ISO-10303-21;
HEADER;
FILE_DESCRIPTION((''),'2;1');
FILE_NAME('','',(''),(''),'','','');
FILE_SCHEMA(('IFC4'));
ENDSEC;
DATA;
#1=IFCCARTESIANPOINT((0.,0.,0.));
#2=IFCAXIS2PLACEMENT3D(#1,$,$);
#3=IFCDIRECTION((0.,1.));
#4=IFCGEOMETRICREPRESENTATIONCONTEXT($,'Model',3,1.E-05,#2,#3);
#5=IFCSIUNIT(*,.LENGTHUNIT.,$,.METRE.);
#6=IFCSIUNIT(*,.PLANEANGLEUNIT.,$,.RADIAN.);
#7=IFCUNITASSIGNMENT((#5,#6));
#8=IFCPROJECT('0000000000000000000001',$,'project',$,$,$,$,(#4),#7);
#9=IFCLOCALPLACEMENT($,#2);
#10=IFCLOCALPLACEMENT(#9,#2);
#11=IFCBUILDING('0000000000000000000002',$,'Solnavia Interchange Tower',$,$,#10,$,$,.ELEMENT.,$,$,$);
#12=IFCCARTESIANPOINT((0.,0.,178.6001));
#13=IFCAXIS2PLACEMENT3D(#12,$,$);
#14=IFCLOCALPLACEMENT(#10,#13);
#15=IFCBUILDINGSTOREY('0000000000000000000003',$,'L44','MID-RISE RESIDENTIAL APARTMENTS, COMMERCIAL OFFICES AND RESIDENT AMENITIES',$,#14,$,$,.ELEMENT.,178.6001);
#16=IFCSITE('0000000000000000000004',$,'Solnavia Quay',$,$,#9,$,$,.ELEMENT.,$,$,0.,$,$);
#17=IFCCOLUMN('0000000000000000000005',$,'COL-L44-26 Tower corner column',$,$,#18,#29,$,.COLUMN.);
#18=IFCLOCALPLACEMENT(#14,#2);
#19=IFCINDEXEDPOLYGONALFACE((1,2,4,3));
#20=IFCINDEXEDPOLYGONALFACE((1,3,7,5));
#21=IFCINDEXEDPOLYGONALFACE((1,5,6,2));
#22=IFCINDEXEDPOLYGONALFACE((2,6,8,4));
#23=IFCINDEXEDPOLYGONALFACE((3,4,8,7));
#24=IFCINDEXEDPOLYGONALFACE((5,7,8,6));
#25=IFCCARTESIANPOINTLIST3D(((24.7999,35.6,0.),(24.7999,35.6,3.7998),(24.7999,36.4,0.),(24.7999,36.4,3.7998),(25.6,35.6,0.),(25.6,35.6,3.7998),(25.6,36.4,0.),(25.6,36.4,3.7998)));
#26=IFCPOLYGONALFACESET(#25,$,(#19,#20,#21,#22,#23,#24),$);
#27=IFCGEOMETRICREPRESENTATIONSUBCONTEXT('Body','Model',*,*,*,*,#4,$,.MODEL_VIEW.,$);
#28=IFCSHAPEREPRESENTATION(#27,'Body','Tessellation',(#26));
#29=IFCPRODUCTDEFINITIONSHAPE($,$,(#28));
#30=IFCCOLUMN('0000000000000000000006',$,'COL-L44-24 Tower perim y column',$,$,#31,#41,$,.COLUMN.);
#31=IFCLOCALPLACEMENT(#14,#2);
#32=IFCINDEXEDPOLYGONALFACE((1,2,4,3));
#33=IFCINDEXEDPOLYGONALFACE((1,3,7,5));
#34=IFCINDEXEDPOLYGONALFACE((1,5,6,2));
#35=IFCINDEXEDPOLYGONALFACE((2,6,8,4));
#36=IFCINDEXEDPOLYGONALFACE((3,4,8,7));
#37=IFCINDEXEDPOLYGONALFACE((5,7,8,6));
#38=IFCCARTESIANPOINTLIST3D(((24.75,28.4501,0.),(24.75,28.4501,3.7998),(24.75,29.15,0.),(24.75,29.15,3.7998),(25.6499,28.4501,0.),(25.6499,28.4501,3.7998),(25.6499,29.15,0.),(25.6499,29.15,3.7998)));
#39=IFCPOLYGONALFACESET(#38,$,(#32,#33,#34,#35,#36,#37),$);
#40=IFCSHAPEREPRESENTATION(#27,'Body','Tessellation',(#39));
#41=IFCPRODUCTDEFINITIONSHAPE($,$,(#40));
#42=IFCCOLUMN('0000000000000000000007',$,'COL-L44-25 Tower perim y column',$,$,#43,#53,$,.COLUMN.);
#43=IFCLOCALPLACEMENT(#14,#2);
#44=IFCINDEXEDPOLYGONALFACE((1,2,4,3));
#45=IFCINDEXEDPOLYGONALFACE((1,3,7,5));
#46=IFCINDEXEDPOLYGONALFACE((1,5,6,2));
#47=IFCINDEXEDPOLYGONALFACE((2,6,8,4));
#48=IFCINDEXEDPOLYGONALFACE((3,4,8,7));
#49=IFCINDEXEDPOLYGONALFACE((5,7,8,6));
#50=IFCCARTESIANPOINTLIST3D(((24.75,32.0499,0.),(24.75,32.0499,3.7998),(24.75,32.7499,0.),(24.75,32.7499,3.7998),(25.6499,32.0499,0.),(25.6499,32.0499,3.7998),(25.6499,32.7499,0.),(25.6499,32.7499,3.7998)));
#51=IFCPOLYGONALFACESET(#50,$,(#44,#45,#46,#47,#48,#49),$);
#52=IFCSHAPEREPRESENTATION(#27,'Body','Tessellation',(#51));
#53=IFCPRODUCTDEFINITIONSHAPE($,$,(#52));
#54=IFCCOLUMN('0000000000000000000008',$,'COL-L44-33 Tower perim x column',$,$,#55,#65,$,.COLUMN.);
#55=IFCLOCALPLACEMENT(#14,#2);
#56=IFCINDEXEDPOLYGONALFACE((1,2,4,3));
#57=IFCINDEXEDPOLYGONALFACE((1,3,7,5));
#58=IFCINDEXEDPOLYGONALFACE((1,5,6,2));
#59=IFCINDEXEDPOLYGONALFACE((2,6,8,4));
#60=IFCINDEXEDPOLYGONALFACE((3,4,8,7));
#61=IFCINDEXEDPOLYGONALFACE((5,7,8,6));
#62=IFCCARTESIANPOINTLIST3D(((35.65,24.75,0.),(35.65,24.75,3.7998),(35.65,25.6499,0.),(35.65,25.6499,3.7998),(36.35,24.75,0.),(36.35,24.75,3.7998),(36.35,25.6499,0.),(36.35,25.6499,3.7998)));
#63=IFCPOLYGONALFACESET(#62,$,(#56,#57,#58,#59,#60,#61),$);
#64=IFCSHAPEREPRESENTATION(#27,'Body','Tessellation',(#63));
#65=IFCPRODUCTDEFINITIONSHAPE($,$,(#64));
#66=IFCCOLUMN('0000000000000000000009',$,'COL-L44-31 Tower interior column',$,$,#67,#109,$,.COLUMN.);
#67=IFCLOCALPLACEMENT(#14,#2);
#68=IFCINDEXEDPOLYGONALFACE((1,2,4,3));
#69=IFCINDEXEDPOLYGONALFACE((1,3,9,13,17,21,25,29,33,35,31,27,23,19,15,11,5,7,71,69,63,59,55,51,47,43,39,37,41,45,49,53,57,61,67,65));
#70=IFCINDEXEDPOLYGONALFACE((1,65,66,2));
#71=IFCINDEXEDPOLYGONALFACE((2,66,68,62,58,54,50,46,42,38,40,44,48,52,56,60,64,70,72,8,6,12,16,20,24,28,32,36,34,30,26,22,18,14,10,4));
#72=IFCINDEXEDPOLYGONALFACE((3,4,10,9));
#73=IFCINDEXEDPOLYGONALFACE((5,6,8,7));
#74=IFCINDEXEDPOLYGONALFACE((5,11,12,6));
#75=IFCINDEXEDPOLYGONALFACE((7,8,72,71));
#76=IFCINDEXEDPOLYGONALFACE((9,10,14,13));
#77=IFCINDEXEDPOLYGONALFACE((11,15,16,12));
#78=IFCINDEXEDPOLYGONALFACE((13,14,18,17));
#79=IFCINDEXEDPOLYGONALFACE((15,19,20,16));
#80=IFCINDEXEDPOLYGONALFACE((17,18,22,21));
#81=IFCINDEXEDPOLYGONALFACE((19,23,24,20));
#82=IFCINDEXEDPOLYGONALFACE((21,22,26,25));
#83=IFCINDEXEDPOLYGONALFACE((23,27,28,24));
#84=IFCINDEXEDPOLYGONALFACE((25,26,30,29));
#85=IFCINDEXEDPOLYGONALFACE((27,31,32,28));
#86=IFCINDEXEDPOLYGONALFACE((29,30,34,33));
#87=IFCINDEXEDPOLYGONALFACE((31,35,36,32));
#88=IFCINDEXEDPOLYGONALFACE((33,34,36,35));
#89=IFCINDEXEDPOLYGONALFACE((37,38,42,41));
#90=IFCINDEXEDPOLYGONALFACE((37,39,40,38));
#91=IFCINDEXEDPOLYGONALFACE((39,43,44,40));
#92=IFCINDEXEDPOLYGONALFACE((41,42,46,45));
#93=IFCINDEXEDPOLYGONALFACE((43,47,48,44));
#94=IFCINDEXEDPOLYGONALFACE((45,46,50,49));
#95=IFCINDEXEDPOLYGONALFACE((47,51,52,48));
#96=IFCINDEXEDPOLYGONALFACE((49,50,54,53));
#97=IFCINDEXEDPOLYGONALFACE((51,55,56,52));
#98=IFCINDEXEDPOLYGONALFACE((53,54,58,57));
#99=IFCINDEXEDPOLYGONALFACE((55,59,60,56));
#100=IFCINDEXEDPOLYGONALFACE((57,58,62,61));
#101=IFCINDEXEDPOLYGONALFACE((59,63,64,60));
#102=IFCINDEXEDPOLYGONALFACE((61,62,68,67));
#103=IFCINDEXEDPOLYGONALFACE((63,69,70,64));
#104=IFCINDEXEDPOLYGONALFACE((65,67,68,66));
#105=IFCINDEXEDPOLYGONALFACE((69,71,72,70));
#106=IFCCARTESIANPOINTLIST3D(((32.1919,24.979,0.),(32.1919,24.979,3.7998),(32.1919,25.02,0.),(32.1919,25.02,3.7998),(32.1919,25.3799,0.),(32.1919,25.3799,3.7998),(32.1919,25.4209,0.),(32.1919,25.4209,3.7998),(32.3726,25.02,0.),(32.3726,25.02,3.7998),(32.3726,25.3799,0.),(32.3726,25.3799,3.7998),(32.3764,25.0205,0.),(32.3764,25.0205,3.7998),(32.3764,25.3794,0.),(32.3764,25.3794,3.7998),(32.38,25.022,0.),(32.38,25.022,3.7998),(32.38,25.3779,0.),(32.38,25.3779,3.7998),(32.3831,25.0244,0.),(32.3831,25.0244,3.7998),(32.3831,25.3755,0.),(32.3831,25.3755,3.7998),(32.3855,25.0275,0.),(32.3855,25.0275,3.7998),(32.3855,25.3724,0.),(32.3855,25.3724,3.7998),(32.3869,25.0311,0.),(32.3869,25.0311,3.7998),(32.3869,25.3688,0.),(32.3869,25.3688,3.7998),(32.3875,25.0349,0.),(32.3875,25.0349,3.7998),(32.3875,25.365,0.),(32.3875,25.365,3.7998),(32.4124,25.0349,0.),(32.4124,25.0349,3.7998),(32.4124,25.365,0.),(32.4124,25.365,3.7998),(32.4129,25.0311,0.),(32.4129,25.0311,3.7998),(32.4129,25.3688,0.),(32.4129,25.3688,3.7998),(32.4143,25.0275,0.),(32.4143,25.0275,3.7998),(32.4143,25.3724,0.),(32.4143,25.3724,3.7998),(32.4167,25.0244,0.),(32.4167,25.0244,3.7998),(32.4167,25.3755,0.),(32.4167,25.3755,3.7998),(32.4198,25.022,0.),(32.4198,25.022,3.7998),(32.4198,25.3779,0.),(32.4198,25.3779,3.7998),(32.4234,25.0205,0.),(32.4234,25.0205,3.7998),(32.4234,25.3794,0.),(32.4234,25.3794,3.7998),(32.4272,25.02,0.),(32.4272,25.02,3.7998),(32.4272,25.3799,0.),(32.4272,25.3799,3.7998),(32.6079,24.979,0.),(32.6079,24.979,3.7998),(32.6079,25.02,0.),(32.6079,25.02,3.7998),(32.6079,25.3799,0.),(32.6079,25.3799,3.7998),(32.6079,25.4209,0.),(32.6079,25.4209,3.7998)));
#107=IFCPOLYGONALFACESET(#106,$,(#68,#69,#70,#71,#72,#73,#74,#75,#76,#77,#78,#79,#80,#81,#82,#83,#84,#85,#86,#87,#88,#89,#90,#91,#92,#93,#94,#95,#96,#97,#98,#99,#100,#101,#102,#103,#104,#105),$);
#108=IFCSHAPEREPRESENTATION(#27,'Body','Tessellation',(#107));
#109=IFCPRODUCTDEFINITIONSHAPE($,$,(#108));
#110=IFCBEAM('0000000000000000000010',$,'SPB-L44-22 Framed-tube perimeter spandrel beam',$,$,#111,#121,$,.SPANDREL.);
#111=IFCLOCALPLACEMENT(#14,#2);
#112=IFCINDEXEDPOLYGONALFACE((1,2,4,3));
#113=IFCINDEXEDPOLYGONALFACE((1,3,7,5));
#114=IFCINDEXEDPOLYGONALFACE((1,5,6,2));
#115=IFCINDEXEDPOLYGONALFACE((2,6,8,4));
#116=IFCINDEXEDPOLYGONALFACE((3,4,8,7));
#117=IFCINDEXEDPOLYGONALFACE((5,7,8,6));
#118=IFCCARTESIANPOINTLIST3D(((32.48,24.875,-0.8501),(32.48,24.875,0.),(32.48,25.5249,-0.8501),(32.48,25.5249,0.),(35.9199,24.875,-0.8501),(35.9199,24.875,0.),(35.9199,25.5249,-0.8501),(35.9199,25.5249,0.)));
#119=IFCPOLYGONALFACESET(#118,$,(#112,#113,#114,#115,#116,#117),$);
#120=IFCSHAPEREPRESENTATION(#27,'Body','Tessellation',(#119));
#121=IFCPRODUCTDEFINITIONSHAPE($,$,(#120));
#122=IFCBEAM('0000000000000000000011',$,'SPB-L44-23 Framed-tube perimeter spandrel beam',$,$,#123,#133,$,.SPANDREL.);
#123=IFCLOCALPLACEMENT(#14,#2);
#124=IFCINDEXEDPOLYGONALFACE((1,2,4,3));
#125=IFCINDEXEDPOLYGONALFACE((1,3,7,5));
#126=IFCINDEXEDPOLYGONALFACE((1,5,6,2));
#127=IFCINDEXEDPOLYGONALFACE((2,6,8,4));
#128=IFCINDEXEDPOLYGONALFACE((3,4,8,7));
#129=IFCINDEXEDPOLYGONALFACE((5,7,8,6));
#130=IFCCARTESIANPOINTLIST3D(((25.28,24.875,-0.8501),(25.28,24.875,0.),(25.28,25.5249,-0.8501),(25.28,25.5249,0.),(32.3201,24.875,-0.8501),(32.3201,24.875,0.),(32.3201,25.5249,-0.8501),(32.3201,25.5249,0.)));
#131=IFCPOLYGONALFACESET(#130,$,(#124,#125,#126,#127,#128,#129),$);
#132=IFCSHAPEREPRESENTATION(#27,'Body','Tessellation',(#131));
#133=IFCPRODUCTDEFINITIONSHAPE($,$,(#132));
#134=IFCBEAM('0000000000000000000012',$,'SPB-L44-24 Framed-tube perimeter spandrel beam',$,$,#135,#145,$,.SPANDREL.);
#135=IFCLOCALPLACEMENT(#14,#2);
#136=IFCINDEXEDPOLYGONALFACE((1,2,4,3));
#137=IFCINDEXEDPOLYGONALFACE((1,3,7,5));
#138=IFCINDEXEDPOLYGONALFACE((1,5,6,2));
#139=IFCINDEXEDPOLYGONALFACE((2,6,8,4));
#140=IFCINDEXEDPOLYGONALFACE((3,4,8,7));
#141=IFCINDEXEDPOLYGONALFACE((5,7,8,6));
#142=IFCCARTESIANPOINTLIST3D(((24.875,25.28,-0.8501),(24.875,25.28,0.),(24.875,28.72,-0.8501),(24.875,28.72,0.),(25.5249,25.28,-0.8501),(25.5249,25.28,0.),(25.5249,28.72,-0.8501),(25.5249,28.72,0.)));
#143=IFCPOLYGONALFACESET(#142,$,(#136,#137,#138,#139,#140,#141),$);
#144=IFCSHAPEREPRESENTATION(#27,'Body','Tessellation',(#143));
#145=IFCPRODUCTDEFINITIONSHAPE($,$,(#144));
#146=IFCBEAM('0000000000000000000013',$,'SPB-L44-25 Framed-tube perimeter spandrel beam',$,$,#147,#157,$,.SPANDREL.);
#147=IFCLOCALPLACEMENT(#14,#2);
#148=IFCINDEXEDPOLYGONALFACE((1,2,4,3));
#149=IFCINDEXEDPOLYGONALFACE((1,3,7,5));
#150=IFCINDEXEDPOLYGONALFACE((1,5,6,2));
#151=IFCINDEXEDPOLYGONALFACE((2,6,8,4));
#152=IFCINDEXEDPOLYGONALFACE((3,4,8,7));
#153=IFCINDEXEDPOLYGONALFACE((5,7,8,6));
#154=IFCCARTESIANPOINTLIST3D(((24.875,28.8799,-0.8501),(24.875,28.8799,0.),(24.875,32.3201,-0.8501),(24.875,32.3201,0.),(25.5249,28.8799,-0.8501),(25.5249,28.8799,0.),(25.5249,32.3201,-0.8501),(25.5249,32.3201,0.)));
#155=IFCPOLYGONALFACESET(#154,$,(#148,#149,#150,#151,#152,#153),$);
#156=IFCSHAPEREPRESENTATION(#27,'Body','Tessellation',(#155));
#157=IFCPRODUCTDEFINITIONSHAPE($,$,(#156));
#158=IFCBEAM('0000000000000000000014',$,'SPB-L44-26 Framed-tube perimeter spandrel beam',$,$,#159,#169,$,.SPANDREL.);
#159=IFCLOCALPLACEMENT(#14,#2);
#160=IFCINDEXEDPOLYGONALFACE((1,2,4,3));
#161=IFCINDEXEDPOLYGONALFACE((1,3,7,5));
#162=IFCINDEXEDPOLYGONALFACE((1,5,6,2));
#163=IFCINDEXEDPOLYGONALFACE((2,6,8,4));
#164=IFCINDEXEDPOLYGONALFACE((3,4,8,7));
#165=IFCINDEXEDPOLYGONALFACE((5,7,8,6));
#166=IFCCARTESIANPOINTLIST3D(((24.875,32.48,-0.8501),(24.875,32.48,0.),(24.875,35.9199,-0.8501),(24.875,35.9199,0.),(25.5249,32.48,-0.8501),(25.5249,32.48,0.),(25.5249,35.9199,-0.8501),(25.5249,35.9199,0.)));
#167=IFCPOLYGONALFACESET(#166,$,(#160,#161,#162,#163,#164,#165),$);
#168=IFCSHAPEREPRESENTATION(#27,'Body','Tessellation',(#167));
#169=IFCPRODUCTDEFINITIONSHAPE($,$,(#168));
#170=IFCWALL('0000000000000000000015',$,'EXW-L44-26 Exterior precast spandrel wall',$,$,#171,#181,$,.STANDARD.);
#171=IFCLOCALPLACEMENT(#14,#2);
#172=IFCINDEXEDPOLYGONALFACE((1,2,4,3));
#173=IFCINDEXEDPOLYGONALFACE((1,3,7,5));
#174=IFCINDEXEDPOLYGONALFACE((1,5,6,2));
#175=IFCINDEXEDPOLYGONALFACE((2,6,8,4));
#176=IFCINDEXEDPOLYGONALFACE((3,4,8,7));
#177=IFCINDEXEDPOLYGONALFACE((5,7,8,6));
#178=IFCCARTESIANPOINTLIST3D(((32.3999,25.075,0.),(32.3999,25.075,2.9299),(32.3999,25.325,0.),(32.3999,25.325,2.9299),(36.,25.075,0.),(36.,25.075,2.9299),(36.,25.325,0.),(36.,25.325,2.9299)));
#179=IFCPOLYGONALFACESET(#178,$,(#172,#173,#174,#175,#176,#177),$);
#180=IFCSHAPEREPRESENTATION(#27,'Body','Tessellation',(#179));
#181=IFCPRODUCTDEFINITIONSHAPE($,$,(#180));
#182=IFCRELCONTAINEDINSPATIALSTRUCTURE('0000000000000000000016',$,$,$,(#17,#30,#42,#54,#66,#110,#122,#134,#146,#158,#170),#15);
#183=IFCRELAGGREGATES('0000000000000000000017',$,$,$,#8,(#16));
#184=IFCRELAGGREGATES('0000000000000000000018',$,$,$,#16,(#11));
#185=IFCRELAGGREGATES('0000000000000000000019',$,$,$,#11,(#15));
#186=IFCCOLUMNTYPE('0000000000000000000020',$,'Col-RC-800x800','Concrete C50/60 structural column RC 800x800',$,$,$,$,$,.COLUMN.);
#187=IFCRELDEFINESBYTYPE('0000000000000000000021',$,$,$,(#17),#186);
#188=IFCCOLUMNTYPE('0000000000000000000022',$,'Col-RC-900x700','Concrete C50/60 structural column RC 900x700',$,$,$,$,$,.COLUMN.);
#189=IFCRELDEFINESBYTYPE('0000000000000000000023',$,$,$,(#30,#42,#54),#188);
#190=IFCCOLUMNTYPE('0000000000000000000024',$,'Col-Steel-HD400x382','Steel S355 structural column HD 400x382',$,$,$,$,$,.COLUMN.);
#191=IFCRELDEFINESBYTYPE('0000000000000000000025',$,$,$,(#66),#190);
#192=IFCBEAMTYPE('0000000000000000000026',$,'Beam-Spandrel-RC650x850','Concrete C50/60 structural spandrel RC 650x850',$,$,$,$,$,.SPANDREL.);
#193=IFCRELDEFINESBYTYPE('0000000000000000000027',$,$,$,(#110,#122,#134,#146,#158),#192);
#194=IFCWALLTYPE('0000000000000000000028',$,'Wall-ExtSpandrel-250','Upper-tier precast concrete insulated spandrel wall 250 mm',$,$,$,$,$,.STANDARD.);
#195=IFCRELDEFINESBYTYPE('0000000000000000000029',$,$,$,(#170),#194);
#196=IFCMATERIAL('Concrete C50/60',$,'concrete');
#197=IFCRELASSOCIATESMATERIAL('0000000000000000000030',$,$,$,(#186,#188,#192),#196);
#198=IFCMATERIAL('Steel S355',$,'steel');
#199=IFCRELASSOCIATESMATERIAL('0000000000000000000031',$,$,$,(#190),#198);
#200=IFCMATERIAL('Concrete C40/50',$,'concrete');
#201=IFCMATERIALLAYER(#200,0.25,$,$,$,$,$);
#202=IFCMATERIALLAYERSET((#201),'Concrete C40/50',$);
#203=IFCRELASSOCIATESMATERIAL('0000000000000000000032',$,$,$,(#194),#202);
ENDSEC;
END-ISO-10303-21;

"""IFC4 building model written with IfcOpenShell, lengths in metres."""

from ifc_helpers import new_model, si_unit, direction, frame, frame_2d, origin, origin_2d, place, context, subcontext, project, spatial, rectangle, i_section, extrude, material, layer, layer_set, material_profile, profile_set, type_object, element, save


model = new_model("IFC4")

# Units and contexts
model_context = context("Model", 3, precision=1e-05, world=origin(), true_north=direction((0.0, 1.0)))
body_context = subcontext(model_context, "Body", "Model", "MODEL_VIEW")
ifc_project = project(units=[si_unit("LENGTHUNIT", "METRE"), si_unit("PLANEANGLEUNIT", "RADIAN")], contexts=[model_context])

# Site, building, storey
site_placement = place(None, origin())
site = spatial("IfcSite", under=ifc_project, at=site_placement, Name="Solnavia Quay", CompositionType="ELEMENT", RefElevation=0.0)
building_placement = place(site_placement, origin())
building = spatial("IfcBuilding", under=site, at=building_placement, Name="Solnavia Interchange Tower", CompositionType="ELEMENT")
storey_placement = place(building_placement, frame((0.0, 0.0, 178.6001)))
storey = spatial("IfcBuildingStorey", under=building, at=storey_placement, Name="L44", Description="MID-RISE RESIDENTIAL APARTMENTS, COMMERCIAL OFFICES AND RESIDENT AMENITIES", CompositionType="ELEMENT", Elevation=178.6001)

# Columns
ifc_material_1 = material(Name="Concrete C50/60", Category="concrete")
ifc_material_profile_1 = material_profile(ifc_material_1, rectangle(XDim=0.8, YDim=0.8, at=origin_2d()), Name="RC 800x800")
ifc_profile_set_1 = profile_set([ifc_material_profile_1], Name="Concrete C50/60")
column_type_1 = type_object("IfcColumnType", Name="Col-RC-800x800", Description="Concrete C50/60 structural column RC 800x800", PredefinedType="COLUMN", material=ifc_profile_set_1)
column_1_placement = place(storey_placement, frame((25.2, 36.0, 0.0), z_axis=(0.0, 0.0, 1.0), x_axis=(0.0, 1.0, 0.0)))
element("IfcColumn", 1, at=column_1_placement, inside=storey, type_object=column_type_1, Name="COL-L44-26 Tower corner column", PredefinedType="COLUMN", context=body_context, shape_type="SweptSolid", body=[
    extrude(rectangle(XDim=0.8, YDim=0.8, at=origin_2d()), origin(), (0.0, 0.0, 1.0), 3.7998),
])
ifc_material_profile_2 = material_profile(ifc_material_1, rectangle(XDim=0.7, YDim=0.8999, at=origin_2d()), Name="RC 900x700")
ifc_profile_set_2 = profile_set([ifc_material_profile_2], Name="Concrete C50/60")
column_type_2 = type_object("IfcColumnType", Name="Col-RC-900x700", Description="Concrete C50/60 structural column RC 900x700", PredefinedType="COLUMN", material=ifc_profile_set_2)
for number, where, z_axis, x_axis, name in (
    (2, (25.2, 28.8, 0.0), (0.0, 0.0, 1.0), (0.0, 1.0, 0.0), "COL-L44-24 Tower perim y column"),
    (3, (25.2, 32.3999, 0.0), (0.0, 0.0, 1.0), (0.0, 1.0, 0.0), "COL-L44-25 Tower perim y column"),
    (4, (36.0, 25.2, 0.0), (0.0, 0.0, 1.0), (1.0, 0.0, 0.0), "COL-L44-33 Tower perim x column"),
):
    element("IfcColumn", number, at=place(storey_placement, frame(where, z_axis=z_axis, x_axis=x_axis)), inside=storey, type_object=column_type_2, Name=name, PredefinedType="COLUMN", context=body_context, shape_type="SweptSolid", body=[
        extrude(rectangle(XDim=0.7, YDim=0.8999, at=origin_2d()), origin(), (0.0, 0.0, 1.0), 3.7998),
    ])
ifc_material_2 = material(Name="Steel S355", Category="steel")
ifc_material_profile_3 = material_profile(ifc_material_2, i_section(OverallWidth=0.416, OverallDepth=0.4419, WebThickness=0.0249, FlangeThickness=0.041, FilletRadius=0.0149, at=origin_2d()), Name="HD 400x382")
ifc_profile_set_3 = profile_set([ifc_material_profile_3], Name="Steel S355")
column_type_3 = type_object("IfcColumnType", Name="Col-Steel-HD400x382", Description="Steel S355 structural column HD 400x382", PredefinedType="COLUMN", material=ifc_profile_set_3)
column_2_placement = place(storey_placement, frame((32.3999, 25.2, 0.0), z_axis=(0.0, 0.0, 1.0), x_axis=(1.0, 0.0, 0.0)))
element("IfcColumn", 5, at=column_2_placement, inside=storey, type_object=column_type_3, Name="COL-L44-31 Tower interior column", PredefinedType="COLUMN", context=body_context, shape_type="SweptSolid", body=[
    extrude(i_section(OverallWidth=0.416, OverallDepth=0.4419, WebThickness=0.0249, FlangeThickness=0.041, FilletRadius=0.0149, at=origin_2d()), origin(), (0.0, 0.0, 1.0), 3.7998),
])

# Beams
ifc_material_profile_4 = material_profile(ifc_material_1, rectangle(XDim=0.6499, YDim=0.8501, at=origin_2d()), Name="RC 650x850")
ifc_profile_set_4 = profile_set([ifc_material_profile_4], Name="Concrete C50/60")
beam_type = type_object("IfcBeamType", Name="Beam-Spandrel-RC650x850", Description="Concrete C50/60 structural spandrel RC 650x850", PredefinedType="SPANDREL", material=ifc_profile_set_4)
beam_1_placement = place(storey_placement, frame((35.9199, 25.2, -0.425), z_axis=(-1.0, 0.0, 0.0), x_axis=(0.0, -1.0, 0.0)))
element("IfcBeam", 6, at=beam_1_placement, inside=storey, type_object=beam_type, Name="SPB-L44-22 Framed-tube perimeter spandrel beam", PredefinedType="SPANDREL", context=body_context, shape_type="SweptSolid", body=[
    extrude(rectangle(XDim=0.6499, YDim=0.8501, at=origin_2d()), origin(), (0.0, 0.0, 1.0), 3.4399),
])
beam_2_placement = place(storey_placement, frame((32.3201, 25.2, -0.425), z_axis=(-1.0, 0.0, 0.0), x_axis=(0.0, -1.0, 0.0)))
element("IfcBeam", 7, at=beam_2_placement, inside=storey, type_object=beam_type, Name="SPB-L44-23 Framed-tube perimeter spandrel beam", PredefinedType="SPANDREL", context=body_context, shape_type="SweptSolid", body=[
    extrude(rectangle(XDim=0.6499, YDim=0.8501, at=origin_2d()), origin(), (0.0, 0.0, 1.0), 7.04),
])
beam_3_placement = place(storey_placement, frame((25.2, 25.28, -0.425), z_axis=(0.0, 1.0, 0.0), x_axis=(-1.0, 0.0, 0.0)))
element("IfcBeam", 8, at=beam_3_placement, inside=storey, type_object=beam_type, Name="SPB-L44-24 Framed-tube perimeter spandrel beam", PredefinedType="SPANDREL", context=body_context, shape_type="SweptSolid", body=[
    extrude(rectangle(XDim=0.6499, YDim=0.8501, at=origin_2d()), origin(), (0.0, 0.0, 1.0), 3.4399),
])
beam_4_placement = place(storey_placement, frame((25.2, 28.8799, -0.425), z_axis=(0.0, 1.0, 0.0), x_axis=(-1.0, 0.0, 0.0)))
element("IfcBeam", 9, at=beam_4_placement, inside=storey, type_object=beam_type, Name="SPB-L44-25 Framed-tube perimeter spandrel beam", PredefinedType="SPANDREL", context=body_context, shape_type="SweptSolid", body=[
    extrude(rectangle(XDim=0.6499, YDim=0.8501, at=origin_2d()), origin(), (0.0, 0.0, 1.0), 3.4402),
])
beam_5_placement = place(storey_placement, frame((25.2, 32.48, -0.425), z_axis=(0.0, 1.0, 0.0), x_axis=(-1.0, 0.0, 0.0)))
element("IfcBeam", 10, at=beam_5_placement, inside=storey, type_object=beam_type, Name="SPB-L44-26 Framed-tube perimeter spandrel beam", PredefinedType="SPANDREL", context=body_context, shape_type="SweptSolid", body=[
    extrude(rectangle(XDim=0.6499, YDim=0.8501, at=origin_2d()), origin(), (0.0, 0.0, 1.0), 3.4399),
])

# Wall
ifc_material_3 = material(Name="Concrete C40/50", Category="concrete")
ifc_layer = layer(ifc_material_3, 0.25)
ifc_layer_set = layer_set([ifc_layer], Name="Concrete C40/50")
wall_type = type_object("IfcWallType", Name="Wall-ExtSpandrel-250", Description="Upper-tier precast concrete insulated spandrel wall 250 mm", PredefinedType="STANDARD", material=ifc_layer_set)
wall_1_placement = place(storey_placement, frame((32.3999, 25.2, 0.0), z_axis=(0.0, 0.0, 1.0), x_axis=(1.0, 0.0, 0.0)))
element("IfcWall", 11, at=wall_1_placement, inside=storey, type_object=wall_type, Name="EXW-L44-26 Exterior precast spandrel wall", PredefinedType="STANDARD", context=body_context, shape_type="SweptSolid", body=[
    extrude(rectangle(XDim=3.6001, YDim=0.25, at=frame_2d((1.8, 0.0))), origin(), (0.0, 0.0, 1.0), 2.9299),
])

save(model, "model.ifc")
